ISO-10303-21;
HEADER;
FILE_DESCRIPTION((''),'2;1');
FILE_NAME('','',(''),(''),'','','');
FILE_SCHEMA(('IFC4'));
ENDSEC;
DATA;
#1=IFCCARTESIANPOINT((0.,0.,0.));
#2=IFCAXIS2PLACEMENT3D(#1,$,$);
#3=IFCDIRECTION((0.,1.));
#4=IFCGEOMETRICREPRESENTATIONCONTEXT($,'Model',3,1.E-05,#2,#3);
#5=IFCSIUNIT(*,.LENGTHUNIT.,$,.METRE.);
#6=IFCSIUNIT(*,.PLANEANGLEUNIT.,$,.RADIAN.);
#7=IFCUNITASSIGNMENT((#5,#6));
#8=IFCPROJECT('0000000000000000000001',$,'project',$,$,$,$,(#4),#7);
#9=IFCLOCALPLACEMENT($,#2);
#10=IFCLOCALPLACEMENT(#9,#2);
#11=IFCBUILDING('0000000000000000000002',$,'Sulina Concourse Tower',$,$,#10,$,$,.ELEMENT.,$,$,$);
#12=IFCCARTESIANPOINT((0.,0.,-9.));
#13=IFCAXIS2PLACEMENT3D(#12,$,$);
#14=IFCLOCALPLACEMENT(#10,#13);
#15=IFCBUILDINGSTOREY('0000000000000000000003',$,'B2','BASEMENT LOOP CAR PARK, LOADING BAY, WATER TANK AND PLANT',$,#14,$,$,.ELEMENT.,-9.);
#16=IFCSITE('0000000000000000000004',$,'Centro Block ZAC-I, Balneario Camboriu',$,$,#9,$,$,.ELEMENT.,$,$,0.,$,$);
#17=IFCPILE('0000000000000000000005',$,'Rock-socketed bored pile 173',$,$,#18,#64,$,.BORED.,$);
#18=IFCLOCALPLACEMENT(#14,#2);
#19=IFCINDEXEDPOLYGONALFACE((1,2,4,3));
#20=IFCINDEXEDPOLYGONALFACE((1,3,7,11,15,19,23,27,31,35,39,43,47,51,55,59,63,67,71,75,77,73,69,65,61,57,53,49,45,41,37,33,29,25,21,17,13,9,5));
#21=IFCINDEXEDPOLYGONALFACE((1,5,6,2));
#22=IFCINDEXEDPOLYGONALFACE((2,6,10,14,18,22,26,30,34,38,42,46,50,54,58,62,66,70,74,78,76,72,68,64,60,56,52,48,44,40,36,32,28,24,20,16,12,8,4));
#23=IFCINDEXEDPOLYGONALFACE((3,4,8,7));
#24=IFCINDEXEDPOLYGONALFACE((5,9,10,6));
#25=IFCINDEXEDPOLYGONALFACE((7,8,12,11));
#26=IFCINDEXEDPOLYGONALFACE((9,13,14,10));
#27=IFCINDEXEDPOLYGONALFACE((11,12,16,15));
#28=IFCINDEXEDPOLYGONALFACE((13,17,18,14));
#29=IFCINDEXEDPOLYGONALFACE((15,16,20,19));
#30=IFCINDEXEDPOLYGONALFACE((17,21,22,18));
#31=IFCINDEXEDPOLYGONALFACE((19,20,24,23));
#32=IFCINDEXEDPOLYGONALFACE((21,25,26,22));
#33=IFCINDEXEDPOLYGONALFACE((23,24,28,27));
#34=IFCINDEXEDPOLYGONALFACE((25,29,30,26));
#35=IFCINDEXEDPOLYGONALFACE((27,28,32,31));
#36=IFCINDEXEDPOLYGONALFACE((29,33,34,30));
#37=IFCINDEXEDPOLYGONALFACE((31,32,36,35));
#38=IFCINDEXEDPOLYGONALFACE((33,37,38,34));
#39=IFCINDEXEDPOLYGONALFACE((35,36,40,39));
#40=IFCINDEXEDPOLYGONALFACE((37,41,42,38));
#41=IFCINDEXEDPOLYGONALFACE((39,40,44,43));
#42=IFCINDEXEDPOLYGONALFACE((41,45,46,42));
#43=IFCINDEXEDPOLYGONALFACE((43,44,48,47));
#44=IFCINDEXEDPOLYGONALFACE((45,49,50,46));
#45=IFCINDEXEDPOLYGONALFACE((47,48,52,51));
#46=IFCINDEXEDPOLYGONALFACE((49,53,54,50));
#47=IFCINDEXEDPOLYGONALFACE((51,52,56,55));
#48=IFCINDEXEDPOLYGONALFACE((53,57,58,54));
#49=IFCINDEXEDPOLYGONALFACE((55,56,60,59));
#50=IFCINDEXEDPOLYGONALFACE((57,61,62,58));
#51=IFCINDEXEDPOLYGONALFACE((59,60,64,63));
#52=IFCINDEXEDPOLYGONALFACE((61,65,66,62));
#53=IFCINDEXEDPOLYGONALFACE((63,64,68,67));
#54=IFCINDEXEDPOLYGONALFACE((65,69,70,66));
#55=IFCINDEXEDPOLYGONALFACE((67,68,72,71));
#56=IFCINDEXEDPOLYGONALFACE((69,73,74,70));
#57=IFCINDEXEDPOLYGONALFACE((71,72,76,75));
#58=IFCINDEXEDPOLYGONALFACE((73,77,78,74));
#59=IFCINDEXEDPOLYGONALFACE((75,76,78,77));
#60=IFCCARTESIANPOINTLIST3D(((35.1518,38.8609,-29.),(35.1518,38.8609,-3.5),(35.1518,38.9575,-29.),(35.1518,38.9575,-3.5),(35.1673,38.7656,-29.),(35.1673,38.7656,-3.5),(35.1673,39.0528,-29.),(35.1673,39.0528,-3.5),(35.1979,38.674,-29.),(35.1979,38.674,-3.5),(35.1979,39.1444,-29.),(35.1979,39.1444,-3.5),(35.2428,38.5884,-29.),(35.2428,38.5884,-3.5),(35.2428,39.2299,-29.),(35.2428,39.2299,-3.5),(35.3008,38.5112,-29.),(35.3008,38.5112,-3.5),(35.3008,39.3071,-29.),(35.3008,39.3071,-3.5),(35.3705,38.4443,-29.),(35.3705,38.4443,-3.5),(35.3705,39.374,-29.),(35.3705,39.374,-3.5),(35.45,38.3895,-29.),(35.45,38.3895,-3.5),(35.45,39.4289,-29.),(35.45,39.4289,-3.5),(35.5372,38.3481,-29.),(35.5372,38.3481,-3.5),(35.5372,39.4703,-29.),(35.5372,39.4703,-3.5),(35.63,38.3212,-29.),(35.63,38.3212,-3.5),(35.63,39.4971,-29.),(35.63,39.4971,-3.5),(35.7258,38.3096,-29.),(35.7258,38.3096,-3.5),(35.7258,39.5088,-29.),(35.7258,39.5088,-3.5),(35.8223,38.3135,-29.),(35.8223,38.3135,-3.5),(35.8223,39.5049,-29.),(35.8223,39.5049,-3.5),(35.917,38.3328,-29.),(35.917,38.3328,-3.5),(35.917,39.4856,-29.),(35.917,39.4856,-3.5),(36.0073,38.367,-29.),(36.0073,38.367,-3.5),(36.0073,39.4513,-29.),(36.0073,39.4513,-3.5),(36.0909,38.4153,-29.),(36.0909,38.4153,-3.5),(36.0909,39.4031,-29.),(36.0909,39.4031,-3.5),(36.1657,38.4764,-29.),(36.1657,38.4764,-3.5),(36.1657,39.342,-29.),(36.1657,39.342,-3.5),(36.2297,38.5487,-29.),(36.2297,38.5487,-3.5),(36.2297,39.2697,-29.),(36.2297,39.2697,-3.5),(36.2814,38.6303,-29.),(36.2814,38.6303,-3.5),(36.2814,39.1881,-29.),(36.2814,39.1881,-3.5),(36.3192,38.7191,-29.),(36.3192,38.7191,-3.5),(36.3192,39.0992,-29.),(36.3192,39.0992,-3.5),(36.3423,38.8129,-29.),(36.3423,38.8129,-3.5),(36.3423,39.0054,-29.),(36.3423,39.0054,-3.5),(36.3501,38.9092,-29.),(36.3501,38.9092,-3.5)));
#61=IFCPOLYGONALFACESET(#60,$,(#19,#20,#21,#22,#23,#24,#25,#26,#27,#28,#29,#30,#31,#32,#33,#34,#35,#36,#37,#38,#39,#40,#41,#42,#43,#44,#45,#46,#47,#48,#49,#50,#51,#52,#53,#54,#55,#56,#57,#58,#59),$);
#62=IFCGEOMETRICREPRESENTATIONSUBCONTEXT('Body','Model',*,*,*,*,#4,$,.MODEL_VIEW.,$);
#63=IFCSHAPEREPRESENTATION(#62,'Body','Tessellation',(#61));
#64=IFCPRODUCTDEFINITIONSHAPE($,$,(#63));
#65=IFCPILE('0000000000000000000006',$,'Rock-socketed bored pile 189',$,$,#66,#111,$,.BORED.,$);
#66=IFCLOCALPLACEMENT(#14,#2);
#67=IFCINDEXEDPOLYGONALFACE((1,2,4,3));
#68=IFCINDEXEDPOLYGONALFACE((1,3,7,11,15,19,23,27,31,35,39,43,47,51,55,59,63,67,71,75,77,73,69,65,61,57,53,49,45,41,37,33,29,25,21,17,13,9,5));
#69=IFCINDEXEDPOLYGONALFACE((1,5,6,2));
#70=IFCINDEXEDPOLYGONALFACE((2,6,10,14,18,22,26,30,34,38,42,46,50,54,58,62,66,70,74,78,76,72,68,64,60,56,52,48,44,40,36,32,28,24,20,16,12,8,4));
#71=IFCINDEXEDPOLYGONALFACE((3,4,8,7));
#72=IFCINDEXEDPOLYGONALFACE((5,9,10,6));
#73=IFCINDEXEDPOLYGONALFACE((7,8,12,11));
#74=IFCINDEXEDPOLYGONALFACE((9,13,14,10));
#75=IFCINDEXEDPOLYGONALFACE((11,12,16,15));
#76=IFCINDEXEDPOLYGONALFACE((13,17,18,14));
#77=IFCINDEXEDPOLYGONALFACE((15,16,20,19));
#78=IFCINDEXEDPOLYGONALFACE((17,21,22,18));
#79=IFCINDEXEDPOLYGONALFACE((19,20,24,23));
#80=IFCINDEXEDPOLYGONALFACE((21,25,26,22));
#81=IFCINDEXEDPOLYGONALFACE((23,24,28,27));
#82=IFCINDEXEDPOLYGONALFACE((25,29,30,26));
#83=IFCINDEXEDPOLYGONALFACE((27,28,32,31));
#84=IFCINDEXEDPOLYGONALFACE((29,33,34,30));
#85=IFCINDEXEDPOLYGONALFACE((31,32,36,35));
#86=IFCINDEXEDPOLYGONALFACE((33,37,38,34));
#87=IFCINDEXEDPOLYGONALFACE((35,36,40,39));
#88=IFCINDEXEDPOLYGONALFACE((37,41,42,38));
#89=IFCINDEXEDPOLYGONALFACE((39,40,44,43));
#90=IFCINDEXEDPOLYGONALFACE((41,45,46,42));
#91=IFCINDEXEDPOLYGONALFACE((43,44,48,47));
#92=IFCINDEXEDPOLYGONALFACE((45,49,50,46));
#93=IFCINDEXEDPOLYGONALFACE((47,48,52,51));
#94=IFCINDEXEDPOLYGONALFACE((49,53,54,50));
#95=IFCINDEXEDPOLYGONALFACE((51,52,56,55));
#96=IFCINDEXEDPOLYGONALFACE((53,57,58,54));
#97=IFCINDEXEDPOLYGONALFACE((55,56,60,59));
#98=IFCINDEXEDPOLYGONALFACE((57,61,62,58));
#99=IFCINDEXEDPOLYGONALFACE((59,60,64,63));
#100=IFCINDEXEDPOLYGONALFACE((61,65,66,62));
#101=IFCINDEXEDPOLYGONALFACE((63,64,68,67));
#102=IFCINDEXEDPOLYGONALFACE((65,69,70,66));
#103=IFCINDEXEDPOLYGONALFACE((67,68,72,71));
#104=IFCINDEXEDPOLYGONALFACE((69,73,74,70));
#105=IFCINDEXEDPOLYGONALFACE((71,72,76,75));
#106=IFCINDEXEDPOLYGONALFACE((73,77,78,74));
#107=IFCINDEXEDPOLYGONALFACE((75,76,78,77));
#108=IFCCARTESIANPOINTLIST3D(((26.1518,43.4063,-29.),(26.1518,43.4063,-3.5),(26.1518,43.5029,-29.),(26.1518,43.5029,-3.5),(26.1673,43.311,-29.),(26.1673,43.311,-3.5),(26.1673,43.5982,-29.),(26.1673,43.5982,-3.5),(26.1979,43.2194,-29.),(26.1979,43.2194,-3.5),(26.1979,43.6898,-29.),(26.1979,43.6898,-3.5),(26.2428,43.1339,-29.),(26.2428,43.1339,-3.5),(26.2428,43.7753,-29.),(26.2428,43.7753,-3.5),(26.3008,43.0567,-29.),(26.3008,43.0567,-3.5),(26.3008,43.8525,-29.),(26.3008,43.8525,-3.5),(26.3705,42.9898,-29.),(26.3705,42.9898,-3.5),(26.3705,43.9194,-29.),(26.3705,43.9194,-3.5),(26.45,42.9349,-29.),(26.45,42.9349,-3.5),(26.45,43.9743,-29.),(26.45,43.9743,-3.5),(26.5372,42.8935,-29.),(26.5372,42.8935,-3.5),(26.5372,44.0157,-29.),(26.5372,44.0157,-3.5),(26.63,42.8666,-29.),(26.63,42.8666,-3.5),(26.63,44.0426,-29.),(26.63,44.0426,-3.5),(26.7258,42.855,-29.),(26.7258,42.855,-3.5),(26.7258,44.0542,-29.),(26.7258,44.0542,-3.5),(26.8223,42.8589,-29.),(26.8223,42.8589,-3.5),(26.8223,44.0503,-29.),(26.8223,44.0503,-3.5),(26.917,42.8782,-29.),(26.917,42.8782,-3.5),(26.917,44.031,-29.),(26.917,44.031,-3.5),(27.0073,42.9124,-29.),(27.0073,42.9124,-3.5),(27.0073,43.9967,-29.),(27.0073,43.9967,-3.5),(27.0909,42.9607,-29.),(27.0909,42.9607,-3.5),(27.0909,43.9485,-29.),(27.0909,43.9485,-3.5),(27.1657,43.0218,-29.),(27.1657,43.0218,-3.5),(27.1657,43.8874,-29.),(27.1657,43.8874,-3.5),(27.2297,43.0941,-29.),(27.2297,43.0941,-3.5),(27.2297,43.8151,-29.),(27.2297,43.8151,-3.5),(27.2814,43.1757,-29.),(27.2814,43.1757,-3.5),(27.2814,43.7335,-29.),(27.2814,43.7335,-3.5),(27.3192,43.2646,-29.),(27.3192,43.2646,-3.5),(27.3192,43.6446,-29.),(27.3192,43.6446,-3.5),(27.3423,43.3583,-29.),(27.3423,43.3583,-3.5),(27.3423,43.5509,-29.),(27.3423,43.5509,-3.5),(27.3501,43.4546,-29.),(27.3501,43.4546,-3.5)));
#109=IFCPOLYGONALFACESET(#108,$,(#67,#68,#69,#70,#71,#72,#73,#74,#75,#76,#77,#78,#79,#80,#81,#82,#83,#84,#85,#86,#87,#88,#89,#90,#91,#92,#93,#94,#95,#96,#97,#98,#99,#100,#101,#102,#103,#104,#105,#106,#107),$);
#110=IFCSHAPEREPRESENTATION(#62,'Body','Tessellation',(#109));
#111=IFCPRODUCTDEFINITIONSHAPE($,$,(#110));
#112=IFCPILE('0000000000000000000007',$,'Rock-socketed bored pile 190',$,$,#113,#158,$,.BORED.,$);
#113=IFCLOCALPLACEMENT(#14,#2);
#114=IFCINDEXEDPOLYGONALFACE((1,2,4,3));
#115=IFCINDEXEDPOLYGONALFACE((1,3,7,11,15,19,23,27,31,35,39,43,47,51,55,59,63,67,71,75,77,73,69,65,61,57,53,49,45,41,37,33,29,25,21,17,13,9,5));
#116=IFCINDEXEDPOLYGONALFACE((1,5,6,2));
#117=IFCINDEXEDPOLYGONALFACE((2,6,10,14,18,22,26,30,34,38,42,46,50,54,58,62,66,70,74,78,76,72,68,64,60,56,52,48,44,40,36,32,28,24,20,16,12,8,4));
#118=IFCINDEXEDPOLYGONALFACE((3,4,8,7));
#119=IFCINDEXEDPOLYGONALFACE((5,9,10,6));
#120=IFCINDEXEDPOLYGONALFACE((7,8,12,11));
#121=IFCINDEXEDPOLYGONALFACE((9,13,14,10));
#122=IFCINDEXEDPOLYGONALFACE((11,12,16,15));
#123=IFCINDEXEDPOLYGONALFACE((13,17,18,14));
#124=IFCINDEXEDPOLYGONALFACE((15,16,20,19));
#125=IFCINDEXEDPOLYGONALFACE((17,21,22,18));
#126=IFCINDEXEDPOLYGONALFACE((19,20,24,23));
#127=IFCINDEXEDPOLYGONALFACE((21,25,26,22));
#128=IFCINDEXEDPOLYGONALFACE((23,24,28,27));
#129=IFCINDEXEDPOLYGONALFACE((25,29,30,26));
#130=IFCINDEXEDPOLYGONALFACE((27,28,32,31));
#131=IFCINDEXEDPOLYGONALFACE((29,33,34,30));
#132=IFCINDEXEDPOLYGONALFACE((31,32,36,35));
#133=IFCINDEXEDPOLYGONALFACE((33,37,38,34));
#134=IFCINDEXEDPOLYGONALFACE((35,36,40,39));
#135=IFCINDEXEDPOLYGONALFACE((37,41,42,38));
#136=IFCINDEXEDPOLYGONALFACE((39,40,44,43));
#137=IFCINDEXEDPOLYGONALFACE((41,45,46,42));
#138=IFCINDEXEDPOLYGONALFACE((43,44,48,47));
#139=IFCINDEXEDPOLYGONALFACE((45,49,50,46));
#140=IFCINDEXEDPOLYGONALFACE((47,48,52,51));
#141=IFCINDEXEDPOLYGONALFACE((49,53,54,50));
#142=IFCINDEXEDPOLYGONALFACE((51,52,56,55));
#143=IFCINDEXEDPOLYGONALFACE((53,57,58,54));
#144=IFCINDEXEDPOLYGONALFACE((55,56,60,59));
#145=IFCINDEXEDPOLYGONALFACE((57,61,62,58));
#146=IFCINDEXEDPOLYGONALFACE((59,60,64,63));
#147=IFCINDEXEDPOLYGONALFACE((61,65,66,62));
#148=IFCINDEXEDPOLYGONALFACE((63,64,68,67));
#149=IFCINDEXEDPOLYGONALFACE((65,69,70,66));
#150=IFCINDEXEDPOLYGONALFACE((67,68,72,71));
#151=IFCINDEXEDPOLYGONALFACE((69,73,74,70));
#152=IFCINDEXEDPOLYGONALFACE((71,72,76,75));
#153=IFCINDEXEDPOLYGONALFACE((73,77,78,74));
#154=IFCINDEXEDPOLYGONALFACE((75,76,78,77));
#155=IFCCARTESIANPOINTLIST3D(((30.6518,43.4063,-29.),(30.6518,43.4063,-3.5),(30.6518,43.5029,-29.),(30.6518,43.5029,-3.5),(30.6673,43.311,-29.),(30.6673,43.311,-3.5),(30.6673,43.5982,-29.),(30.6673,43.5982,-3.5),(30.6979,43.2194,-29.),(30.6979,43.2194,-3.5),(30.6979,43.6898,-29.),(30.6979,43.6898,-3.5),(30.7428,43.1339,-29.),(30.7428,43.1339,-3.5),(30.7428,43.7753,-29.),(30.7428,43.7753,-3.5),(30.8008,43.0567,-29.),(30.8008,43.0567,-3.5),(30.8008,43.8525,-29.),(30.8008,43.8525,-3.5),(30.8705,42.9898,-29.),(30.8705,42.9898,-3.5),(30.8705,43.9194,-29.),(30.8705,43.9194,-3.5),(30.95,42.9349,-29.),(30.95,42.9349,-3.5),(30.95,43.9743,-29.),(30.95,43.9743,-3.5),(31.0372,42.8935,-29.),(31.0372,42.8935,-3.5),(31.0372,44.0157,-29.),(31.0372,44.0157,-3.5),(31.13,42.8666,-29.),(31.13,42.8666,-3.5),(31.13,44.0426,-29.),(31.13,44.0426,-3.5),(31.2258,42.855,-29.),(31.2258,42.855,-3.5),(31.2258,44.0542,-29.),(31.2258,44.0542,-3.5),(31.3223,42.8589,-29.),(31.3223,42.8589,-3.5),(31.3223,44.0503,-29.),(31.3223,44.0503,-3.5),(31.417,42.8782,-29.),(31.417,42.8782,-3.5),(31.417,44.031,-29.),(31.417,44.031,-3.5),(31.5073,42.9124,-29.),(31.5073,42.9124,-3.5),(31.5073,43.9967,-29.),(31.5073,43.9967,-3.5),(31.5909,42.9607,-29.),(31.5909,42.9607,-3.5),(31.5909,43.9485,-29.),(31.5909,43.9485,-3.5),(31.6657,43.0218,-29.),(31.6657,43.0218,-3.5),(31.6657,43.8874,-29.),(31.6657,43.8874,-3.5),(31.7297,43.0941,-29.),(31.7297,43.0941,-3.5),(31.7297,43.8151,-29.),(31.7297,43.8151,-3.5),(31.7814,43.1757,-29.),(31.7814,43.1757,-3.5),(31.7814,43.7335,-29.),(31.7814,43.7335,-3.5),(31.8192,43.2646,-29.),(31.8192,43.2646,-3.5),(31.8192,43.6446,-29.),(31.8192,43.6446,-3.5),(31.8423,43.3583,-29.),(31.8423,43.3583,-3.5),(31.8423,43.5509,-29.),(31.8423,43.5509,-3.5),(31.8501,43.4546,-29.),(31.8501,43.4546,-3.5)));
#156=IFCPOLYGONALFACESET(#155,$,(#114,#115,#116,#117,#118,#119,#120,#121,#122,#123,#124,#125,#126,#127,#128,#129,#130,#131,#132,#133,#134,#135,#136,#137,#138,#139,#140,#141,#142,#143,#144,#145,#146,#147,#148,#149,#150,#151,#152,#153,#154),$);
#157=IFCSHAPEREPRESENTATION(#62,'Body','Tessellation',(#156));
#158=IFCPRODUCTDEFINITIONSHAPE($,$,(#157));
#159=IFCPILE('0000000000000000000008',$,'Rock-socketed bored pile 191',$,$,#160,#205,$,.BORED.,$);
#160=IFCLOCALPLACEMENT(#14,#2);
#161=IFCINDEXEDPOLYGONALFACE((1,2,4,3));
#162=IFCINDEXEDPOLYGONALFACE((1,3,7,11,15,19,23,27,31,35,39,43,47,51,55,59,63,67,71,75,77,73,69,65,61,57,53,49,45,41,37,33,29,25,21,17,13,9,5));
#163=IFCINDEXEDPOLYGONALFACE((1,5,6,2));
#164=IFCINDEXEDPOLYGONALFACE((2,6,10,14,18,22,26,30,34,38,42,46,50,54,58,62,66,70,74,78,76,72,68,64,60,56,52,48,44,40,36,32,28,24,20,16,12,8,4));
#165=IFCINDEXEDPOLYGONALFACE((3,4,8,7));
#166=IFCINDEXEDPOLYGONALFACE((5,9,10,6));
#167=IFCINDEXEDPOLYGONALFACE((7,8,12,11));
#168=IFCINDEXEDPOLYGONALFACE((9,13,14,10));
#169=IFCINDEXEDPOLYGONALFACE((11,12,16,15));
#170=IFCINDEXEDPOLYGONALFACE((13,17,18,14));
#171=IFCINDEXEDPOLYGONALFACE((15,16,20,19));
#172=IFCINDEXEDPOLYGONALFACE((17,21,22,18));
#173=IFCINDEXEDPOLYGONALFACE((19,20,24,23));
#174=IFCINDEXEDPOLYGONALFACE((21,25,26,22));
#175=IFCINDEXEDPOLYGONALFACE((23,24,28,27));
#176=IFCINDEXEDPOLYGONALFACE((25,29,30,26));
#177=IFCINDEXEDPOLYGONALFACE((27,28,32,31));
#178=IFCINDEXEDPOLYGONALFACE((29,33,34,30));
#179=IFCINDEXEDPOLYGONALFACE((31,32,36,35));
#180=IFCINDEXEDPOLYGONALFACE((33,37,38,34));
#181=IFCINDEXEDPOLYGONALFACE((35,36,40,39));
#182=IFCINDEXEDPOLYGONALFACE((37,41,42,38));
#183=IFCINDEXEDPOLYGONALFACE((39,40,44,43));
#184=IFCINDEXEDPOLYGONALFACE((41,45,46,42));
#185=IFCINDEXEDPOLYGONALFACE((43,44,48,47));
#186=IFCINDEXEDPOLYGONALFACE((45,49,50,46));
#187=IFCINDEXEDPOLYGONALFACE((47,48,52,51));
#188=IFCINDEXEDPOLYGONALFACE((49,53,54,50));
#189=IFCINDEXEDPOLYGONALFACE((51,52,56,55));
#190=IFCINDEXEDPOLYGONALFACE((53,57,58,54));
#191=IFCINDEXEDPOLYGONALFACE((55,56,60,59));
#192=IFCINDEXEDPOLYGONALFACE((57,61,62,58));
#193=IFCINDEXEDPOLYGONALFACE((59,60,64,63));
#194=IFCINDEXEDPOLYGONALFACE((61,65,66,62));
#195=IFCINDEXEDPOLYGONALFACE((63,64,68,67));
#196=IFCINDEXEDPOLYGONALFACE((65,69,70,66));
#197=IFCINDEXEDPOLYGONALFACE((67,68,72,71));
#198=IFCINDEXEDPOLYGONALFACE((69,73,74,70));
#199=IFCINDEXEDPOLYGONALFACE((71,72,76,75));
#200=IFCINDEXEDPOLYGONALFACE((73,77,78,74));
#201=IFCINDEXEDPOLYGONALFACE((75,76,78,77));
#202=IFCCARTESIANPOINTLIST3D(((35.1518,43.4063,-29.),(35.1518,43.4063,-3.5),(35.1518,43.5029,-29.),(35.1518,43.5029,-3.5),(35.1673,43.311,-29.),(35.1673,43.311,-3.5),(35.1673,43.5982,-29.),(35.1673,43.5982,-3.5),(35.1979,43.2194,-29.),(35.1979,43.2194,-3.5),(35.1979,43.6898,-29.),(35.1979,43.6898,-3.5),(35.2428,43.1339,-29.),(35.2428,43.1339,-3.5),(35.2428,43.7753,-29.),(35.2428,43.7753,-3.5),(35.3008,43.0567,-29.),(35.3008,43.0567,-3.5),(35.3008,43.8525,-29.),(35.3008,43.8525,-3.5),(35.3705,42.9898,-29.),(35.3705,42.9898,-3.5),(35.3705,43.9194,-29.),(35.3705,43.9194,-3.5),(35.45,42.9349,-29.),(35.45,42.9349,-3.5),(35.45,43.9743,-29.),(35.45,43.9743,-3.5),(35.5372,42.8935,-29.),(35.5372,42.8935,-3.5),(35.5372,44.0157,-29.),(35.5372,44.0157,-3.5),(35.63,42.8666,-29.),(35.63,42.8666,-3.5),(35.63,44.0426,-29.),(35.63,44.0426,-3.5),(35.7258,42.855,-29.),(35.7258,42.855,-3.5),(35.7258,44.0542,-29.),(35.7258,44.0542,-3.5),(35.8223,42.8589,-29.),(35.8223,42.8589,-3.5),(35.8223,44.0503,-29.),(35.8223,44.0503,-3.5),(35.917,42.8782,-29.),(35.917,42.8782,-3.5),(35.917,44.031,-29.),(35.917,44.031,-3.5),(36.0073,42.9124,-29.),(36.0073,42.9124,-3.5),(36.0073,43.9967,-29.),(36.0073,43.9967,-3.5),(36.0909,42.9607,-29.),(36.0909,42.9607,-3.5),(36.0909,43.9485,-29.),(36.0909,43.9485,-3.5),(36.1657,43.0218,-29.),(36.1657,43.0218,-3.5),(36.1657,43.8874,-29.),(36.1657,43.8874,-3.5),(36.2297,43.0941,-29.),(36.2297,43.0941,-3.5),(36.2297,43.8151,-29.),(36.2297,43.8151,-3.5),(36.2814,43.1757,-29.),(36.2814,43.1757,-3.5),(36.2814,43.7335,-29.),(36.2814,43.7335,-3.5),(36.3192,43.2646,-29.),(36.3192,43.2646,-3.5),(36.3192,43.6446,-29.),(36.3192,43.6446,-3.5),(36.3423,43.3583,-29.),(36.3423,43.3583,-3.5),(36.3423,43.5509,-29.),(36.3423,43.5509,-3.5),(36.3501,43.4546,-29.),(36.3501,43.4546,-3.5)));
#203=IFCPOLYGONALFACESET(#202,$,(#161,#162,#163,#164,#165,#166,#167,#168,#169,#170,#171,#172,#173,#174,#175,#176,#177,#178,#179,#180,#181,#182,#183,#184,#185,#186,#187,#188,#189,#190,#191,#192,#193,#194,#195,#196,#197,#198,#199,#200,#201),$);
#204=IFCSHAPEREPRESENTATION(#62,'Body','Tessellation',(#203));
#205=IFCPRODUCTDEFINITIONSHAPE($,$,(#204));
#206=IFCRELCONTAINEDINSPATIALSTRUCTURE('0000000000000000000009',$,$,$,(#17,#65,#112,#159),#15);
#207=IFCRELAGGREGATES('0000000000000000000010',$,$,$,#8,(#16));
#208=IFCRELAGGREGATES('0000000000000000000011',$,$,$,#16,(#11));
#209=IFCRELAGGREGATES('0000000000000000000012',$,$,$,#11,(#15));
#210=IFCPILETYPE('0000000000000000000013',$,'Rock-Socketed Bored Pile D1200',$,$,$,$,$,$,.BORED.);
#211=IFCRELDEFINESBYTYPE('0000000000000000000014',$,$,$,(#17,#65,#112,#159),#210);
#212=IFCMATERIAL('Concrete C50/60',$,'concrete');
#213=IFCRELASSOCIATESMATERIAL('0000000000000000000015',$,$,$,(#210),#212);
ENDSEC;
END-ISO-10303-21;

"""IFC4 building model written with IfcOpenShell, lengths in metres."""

from ifc_helpers import new_model, si_unit, direction, frame, origin, origin_2d, place, context, subcontext, project, spatial, circle, extrude, material, material_profile, profile_set, type_object, element, save


model = new_model("IFC4")

# Units and contexts
model_context = context("Model", 3, precision=1e-05, world=origin(), true_north=direction((0.0, 1.0)))
body_context = subcontext(model_context, "Body", "Model", "MODEL_VIEW")
ifc_project = project(units=[si_unit("LENGTHUNIT", "METRE"), si_unit("PLANEANGLEUNIT", "RADIAN")], contexts=[model_context])

# Site, building, storey
site_placement = place(None, origin())
site = spatial("IfcSite", under=ifc_project, at=site_placement, Name="Centro Block ZAC-I, Balneario Camboriu", CompositionType="ELEMENT", RefElevation=0.0)
building_placement = place(site_placement, origin())
building = spatial("IfcBuilding", under=site, at=building_placement, Name="Sulina Concourse Tower", CompositionType="ELEMENT")
storey_placement = place(building_placement, frame((0.0, 0.0, -9.0)))
storey = spatial("IfcBuildingStorey", under=building, at=storey_placement, Name="B2", Description="BASEMENT LOOP CAR PARK, LOADING BAY, WATER TANK AND PLANT", CompositionType="ELEMENT", Elevation=-9.0)

# Piles
ifc_material_1 = material(Name="Concrete C50/60", Category="concrete")
ifc_material_profile_1 = material_profile(ifc_material_1, circle(Radius=0.6001, at=origin_2d()), Name="PILE D1200")
ifc_profile_set_1 = profile_set([ifc_material_profile_1], Name="Concrete C50/60")
pile_type_1 = type_object("IfcPileType", Name="Rock-Socketed Bored Pile D1200", PredefinedType="BORED", material=ifc_profile_set_1)
for number, where, z_axis, x_axis, name in (
    (1, (35.75, 38.9092, -3.5), (0.0, 0.0, -1.0), (1.0, 0.0, 0.0), "Rock-socketed bored pile 173"),
    (2, (26.75, 43.4546, -3.5), (0.0, 0.0, -1.0), (1.0, 0.0, 0.0), "Rock-socketed bored pile 189"),
    (3, (31.25, 43.4546, -3.5), (0.0, 0.0, -1.0), (1.0, 0.0, 0.0), "Rock-socketed bored pile 190"),
    (4, (35.75, 43.4546, -3.5), (0.0, 0.0, -1.0), (1.0, 0.0, 0.0), "Rock-socketed bored pile 191"),
):
    element("IfcPile", number, at=place(storey_placement, frame(where, z_axis=z_axis, x_axis=x_axis)), inside=storey, type_object=pile_type_1, Name=name, PredefinedType="BORED", context=body_context, shape_type="SweptSolid", body=[
        extrude(circle(Radius=0.6001, at=origin_2d()), origin(), (0.0, 0.0, 1.0), 25.5),
    ])

save(model, "model.ifc")
